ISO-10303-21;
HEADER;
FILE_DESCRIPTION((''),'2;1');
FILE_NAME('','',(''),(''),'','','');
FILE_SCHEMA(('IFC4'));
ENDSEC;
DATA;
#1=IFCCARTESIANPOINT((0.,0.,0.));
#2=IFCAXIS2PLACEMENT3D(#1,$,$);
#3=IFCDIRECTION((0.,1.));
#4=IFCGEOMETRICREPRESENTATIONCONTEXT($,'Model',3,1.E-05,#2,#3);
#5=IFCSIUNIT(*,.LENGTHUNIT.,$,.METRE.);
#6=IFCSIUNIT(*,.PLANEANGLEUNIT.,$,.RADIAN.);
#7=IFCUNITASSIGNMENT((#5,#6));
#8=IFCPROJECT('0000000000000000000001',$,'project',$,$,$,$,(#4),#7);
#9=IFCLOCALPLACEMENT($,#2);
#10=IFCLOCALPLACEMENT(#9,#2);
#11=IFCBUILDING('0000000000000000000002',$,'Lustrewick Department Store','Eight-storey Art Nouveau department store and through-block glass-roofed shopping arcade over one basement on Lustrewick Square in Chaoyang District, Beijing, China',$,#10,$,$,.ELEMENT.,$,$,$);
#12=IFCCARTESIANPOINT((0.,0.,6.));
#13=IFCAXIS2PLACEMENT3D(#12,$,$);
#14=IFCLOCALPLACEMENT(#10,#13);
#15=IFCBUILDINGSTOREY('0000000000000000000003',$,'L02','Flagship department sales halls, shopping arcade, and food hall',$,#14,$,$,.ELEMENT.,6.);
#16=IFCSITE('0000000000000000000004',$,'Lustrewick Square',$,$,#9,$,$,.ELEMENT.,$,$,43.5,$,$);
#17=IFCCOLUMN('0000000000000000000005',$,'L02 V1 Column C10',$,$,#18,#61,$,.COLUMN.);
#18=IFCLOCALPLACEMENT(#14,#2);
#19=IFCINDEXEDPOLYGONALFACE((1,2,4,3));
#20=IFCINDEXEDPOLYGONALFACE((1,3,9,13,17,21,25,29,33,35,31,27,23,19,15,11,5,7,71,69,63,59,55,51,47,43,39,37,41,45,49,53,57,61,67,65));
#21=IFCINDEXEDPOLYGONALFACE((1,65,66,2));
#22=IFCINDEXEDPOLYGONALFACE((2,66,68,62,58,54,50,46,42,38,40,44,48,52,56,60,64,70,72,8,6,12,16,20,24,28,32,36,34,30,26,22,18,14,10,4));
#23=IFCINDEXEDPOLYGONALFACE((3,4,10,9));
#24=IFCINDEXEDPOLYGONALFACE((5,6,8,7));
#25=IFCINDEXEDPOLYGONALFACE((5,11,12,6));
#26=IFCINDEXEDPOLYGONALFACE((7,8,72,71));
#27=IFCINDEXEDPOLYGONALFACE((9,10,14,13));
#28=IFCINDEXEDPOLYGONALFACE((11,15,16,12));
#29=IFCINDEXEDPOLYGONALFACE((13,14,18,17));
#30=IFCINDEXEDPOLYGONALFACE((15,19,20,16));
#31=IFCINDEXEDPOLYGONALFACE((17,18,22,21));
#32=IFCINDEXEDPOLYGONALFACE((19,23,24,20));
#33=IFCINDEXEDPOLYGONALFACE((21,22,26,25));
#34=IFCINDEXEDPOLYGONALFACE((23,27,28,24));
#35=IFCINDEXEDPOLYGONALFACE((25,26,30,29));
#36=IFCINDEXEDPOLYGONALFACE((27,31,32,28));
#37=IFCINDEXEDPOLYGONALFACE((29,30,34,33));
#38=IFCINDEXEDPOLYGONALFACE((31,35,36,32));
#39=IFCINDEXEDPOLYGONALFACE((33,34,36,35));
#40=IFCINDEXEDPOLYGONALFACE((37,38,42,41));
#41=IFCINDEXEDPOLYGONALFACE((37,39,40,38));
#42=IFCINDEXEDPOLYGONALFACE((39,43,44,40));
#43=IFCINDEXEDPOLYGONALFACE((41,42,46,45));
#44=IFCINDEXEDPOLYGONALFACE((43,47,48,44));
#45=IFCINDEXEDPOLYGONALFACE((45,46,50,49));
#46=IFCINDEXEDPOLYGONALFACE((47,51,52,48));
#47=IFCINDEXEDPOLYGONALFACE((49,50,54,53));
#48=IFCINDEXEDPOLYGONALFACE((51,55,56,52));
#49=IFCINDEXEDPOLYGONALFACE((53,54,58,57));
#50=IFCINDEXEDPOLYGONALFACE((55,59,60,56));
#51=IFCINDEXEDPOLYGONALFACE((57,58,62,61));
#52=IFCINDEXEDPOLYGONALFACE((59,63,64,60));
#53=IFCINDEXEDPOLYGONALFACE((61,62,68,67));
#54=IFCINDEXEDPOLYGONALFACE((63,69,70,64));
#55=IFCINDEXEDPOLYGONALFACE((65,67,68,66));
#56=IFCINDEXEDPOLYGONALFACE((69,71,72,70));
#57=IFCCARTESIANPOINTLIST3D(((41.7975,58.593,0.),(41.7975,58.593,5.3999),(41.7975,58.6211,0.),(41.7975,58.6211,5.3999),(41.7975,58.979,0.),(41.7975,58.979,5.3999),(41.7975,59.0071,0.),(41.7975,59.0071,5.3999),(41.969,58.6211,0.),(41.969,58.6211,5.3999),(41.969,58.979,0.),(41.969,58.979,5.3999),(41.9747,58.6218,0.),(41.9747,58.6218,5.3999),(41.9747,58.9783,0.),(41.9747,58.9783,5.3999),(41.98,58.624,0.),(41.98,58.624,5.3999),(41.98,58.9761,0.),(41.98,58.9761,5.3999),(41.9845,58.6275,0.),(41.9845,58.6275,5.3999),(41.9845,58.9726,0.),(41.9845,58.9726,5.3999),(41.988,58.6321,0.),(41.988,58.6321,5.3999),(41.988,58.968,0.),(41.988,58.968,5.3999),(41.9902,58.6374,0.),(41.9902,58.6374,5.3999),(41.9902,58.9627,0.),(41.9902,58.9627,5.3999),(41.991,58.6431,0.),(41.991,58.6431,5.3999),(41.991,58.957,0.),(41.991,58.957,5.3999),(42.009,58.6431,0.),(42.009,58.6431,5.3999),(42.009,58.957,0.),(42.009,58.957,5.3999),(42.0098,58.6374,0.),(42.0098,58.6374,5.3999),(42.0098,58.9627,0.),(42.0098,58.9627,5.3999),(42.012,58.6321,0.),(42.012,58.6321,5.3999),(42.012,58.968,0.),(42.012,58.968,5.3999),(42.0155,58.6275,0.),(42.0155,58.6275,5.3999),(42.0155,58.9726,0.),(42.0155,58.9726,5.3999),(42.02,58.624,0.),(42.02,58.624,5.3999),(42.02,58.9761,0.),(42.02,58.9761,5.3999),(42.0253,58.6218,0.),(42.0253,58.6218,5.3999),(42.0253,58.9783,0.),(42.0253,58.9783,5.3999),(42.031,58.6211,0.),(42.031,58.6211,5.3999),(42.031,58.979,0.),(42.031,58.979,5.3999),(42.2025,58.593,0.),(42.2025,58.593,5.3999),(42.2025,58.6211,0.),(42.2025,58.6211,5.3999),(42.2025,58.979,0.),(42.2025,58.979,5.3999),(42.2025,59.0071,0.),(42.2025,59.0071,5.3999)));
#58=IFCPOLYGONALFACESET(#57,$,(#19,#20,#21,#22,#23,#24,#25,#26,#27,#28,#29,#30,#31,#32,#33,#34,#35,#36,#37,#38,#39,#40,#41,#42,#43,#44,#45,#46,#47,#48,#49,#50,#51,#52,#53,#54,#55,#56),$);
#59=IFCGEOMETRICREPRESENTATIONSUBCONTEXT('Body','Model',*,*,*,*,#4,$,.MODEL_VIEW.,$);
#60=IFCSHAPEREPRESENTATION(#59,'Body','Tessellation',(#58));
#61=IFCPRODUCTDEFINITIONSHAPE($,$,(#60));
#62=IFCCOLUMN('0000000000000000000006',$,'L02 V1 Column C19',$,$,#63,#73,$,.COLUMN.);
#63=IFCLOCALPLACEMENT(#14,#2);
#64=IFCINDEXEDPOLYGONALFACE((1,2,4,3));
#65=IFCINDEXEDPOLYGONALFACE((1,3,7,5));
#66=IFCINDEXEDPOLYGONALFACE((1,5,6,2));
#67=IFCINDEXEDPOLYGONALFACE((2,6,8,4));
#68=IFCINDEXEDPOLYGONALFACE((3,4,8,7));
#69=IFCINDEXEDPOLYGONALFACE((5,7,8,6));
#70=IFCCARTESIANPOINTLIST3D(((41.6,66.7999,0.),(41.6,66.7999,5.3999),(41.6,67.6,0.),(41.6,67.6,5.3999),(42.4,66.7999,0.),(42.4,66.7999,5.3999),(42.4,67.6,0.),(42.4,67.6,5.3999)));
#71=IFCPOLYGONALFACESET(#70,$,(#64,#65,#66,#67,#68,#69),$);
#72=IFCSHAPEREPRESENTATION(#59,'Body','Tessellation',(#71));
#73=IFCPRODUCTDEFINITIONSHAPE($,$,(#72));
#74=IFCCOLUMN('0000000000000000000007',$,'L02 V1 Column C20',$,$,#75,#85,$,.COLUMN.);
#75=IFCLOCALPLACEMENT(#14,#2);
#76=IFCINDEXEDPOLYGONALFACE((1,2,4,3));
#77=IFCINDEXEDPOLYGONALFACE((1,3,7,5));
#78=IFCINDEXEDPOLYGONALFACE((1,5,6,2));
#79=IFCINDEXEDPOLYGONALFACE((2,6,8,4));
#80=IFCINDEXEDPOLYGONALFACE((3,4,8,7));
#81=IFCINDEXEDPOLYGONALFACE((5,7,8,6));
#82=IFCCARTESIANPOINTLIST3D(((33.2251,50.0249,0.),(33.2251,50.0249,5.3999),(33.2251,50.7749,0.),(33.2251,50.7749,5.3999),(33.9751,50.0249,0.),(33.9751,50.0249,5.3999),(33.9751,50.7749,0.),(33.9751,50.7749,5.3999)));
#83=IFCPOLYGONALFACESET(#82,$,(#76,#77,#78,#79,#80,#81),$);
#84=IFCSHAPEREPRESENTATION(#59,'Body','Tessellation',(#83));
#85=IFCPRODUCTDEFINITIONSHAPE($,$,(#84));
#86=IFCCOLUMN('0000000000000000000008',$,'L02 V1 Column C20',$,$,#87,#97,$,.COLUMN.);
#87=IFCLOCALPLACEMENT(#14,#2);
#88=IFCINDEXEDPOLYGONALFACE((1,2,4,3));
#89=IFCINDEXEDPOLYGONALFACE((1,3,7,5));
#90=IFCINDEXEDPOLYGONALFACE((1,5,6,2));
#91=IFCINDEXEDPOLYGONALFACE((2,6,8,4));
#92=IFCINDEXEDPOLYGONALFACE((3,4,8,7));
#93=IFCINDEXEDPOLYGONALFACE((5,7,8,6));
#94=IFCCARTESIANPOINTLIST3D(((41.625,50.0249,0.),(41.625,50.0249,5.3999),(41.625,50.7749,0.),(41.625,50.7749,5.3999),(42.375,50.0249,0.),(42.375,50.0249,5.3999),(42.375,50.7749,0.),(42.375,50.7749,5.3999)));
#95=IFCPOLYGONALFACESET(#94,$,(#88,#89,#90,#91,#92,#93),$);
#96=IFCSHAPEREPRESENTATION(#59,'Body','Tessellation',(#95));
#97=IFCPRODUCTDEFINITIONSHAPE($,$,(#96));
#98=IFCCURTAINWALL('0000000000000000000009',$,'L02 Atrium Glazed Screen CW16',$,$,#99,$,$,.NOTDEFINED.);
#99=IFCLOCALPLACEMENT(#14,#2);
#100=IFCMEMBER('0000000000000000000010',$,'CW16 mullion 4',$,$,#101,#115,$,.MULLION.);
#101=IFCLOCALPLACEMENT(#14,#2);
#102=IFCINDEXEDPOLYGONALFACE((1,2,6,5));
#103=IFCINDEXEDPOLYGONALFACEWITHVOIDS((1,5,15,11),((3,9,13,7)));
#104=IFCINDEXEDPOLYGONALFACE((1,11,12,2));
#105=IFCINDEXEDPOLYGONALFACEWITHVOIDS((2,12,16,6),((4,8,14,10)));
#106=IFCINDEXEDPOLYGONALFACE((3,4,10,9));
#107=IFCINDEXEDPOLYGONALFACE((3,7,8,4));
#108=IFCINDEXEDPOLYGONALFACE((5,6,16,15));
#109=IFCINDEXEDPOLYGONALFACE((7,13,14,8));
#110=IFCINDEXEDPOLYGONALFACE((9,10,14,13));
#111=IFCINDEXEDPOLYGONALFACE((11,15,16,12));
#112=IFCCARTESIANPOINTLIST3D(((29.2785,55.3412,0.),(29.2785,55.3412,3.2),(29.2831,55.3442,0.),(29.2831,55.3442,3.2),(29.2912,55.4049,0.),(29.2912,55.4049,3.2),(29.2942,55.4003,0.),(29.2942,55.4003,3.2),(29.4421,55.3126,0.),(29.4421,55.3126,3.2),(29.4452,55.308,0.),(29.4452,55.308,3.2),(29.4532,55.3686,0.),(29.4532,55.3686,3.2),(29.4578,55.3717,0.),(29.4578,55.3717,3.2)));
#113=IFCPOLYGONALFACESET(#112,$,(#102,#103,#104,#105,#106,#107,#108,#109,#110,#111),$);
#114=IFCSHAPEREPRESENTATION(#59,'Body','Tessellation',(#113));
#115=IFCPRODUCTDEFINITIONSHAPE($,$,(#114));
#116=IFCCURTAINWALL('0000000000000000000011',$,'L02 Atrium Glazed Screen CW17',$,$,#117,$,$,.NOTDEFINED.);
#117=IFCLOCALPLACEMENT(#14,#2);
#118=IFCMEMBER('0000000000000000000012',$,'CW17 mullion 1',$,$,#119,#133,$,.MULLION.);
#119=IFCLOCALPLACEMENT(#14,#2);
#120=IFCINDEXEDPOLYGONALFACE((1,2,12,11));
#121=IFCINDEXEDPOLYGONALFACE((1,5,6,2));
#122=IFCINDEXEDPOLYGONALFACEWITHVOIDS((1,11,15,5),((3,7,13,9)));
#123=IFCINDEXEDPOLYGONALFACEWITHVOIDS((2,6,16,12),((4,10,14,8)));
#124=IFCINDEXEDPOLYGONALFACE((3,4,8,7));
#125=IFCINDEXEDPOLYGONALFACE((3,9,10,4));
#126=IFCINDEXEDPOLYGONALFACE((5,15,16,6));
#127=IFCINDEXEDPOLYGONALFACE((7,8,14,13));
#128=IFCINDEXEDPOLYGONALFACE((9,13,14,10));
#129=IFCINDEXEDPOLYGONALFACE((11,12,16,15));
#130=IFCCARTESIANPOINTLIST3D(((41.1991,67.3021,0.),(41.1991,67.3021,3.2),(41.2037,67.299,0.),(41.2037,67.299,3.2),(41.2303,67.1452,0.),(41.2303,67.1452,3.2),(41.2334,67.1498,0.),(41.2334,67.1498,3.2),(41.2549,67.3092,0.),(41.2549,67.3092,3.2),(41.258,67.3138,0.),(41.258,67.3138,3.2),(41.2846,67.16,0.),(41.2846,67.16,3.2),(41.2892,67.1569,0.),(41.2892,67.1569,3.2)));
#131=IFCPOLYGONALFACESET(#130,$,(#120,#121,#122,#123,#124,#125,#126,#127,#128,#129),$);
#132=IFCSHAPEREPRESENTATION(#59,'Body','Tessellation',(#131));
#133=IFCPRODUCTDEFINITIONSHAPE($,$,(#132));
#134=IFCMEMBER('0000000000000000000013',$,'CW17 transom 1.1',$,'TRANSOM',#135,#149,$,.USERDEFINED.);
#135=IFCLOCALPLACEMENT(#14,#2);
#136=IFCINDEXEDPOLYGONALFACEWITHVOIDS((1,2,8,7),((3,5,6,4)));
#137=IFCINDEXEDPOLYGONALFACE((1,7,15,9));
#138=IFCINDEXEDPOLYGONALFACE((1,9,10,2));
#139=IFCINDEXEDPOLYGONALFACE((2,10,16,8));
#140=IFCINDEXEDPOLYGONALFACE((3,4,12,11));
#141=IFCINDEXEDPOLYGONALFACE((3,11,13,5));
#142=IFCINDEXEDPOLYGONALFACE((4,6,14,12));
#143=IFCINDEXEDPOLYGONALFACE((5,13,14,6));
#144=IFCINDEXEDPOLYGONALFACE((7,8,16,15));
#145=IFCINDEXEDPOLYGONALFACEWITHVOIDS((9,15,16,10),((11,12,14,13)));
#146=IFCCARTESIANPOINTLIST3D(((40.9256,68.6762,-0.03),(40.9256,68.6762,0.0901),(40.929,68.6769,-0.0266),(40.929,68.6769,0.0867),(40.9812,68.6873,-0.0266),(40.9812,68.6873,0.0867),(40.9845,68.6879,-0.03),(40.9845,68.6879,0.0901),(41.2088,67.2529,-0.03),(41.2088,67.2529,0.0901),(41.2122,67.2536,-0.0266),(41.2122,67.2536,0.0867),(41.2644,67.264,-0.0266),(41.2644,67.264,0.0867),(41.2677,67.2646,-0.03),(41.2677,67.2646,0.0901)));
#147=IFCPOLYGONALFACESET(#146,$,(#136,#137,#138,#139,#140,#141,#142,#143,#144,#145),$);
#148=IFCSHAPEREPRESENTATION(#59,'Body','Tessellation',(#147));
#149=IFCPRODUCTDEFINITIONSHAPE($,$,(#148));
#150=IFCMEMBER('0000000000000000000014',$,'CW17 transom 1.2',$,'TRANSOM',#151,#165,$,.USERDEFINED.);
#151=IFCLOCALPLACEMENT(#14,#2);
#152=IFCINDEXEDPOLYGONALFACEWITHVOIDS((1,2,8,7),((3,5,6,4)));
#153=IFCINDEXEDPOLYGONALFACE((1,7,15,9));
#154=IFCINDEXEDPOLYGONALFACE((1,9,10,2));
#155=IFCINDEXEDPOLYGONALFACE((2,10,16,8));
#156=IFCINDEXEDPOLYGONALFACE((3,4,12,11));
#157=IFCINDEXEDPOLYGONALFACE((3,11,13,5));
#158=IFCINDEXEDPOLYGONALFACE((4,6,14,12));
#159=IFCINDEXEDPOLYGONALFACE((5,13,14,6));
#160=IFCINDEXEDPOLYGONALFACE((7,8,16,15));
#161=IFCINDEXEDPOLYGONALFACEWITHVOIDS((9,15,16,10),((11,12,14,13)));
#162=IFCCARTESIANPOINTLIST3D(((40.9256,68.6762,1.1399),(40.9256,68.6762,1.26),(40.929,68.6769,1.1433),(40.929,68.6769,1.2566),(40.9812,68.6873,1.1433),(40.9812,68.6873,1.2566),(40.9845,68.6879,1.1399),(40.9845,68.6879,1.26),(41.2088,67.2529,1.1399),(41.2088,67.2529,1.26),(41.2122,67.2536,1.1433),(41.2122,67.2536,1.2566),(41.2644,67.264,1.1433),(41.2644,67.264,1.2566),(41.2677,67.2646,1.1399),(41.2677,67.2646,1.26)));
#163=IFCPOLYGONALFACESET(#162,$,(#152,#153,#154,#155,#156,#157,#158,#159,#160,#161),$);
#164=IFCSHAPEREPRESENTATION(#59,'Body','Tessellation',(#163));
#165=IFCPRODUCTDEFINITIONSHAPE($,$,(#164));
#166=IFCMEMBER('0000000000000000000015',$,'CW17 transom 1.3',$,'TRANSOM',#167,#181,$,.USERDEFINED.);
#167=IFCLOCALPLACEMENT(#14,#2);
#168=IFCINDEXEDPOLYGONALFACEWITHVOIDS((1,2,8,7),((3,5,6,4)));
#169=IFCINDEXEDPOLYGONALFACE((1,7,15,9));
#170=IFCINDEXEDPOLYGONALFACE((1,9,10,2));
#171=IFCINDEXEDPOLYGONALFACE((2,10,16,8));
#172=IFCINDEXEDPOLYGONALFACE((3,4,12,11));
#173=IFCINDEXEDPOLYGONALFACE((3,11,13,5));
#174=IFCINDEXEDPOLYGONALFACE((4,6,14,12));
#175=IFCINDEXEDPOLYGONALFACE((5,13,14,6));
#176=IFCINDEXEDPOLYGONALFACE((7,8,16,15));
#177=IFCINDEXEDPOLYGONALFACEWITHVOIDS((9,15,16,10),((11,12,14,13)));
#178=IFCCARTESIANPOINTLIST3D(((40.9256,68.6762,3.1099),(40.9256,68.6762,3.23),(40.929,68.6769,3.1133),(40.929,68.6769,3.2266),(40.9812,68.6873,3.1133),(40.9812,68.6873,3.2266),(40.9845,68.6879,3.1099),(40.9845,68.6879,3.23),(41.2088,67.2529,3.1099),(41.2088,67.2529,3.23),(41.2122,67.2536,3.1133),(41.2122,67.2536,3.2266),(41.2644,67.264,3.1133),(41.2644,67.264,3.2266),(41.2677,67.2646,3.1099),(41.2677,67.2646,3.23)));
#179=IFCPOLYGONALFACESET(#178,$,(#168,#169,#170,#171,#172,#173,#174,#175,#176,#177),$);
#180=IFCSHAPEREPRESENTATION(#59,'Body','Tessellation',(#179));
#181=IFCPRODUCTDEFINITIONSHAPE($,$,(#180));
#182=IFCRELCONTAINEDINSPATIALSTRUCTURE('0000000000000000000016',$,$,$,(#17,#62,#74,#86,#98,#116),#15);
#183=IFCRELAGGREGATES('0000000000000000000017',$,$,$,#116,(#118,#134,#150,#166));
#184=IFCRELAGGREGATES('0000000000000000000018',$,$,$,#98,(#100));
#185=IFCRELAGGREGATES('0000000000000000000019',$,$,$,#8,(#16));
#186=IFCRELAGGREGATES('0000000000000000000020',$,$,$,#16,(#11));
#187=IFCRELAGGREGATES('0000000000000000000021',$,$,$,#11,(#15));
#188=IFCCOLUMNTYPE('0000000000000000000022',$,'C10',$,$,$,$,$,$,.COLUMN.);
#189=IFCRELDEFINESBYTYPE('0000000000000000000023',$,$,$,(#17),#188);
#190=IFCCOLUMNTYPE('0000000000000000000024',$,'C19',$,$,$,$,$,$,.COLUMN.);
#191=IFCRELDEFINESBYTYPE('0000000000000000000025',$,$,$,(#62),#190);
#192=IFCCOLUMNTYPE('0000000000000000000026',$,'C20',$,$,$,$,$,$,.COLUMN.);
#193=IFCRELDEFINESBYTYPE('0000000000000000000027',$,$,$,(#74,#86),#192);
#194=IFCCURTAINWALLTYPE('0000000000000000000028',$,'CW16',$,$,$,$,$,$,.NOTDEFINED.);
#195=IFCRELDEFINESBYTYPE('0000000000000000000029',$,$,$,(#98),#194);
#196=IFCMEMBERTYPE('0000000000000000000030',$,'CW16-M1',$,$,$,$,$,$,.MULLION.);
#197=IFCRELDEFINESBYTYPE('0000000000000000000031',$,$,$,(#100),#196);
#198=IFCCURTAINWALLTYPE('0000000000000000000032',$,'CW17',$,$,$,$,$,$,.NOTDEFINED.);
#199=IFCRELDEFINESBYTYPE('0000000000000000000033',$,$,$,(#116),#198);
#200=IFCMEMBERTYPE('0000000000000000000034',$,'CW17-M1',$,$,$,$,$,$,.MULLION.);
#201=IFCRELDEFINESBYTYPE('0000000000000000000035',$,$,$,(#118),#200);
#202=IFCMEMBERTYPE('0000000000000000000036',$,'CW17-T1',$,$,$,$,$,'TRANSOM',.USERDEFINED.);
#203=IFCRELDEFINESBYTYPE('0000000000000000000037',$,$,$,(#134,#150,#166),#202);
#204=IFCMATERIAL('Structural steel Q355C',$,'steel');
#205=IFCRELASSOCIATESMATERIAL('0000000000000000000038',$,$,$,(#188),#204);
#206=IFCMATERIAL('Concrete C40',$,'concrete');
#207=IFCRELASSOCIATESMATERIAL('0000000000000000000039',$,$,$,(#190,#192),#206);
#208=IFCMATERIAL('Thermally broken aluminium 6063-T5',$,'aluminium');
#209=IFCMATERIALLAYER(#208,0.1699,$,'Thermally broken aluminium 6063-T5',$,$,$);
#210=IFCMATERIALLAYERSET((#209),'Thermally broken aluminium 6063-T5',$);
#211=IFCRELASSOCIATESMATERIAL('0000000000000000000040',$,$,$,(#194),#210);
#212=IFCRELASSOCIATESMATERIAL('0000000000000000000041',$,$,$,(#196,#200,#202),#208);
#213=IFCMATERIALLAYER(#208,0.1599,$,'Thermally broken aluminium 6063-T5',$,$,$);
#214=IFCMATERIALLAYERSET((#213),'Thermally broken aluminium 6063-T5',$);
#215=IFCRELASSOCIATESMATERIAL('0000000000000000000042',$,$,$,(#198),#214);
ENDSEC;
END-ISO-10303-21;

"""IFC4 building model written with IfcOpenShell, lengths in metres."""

from ifc_helpers import new_model, si_unit, direction, frame, origin, origin_2d, place, context, subcontext, project, spatial, rectangle, hollow_rectangle, i_section, extrude, material, layer, layer_set, material_profile, profile_set, type_object, element, aggregate, save


model = new_model("IFC4")

# Units and contexts
model_context = context("Model", 3, precision=1e-05, world=origin(), true_north=direction((0.0, 1.0)))
body_context = subcontext(model_context, "Body", "Model", "MODEL_VIEW")
ifc_project = project(units=[si_unit("LENGTHUNIT", "METRE"), si_unit("PLANEANGLEUNIT", "RADIAN")], contexts=[model_context])

# Site, building, storey
site_placement = place(None, origin())
site = spatial("IfcSite", under=ifc_project, at=site_placement, Name="Lustrewick Square", CompositionType="ELEMENT", RefElevation=43.5)
building_placement = place(site_placement, origin())
building = spatial("IfcBuilding", under=site, at=building_placement, Name="Lustrewick Department Store", Description="Eight-storey Art Nouveau department store and through-block glass-roofed shopping arcade over one basement on Lustrewick Square in Chaoyang District, Beijing, China", CompositionType="ELEMENT")
storey_placement = place(building_placement, frame((0.0, 0.0, 6.0)))
storey = spatial("IfcBuildingStorey", under=building, at=storey_placement, Name="L02", Description="Flagship department sales halls, shopping arcade, and food hall", CompositionType="ELEMENT", Elevation=6.0)

# Columns
ifc_material_1 = material(Name="Structural steel Q355C", Category="steel")
ifc_material_profile_1 = material_profile(ifc_material_1, i_section(OverallWidth=0.405, OverallDepth=0.4141, WebThickness=0.0181, FlangeThickness=0.0281, FilletRadius=0.022, at=origin_2d()), Name="HW 414x405x18x28")
ifc_profile_set_1 = profile_set([ifc_material_profile_1], Name="Structural steel Q355C")
column_type_1 = type_object("IfcColumnType", Name="C10", PredefinedType="COLUMN", material=ifc_profile_set_1)
column_1_placement = place(storey_placement, frame((42.0, 58.8, 0.0), z_axis=(0.0, 0.0, 1.0), x_axis=(1.0, 0.0, 0.0)))
element("IfcColumn", 1, at=column_1_placement, inside=storey, type_object=column_type_1, Name="L02 V1 Column C10", PredefinedType="COLUMN", context=body_context, shape_type="SweptSolid", body=[
    extrude(i_section(OverallWidth=0.405, OverallDepth=0.4141, WebThickness=0.0181, FlangeThickness=0.0281, FilletRadius=0.022, at=origin_2d()), origin(), (0.0, 0.0, 1.0), 5.3999),
])
ifc_material_2 = material(Name="Concrete C40", Category="concrete")
ifc_material_profile_2 = material_profile(ifc_material_2, rectangle(XDim=0.8, YDim=0.8, at=origin_2d()), Name="RC 800x800")
ifc_profile_set_2 = profile_set([ifc_material_profile_2], Name="Concrete C40")
column_type_2 = type_object("IfcColumnType", Name="C19", PredefinedType="COLUMN", material=ifc_profile_set_2)
column_2_placement = place(storey_placement, frame((42.0, 67.2, 0.0), z_axis=(0.0, 0.0, 1.0), x_axis=(1.0, 0.0, 0.0)))
element("IfcColumn", 2, at=column_2_placement, inside=storey, type_object=column_type_2, Name="L02 V1 Column C19", PredefinedType="COLUMN", context=body_context, shape_type="SweptSolid", body=[
    extrude(rectangle(XDim=0.8, YDim=0.8, at=origin_2d()), origin(), (0.0, 0.0, 1.0), 5.3999),
])
ifc_material_profile_3 = material_profile(ifc_material_2, rectangle(XDim=0.75, YDim=0.75, at=origin_2d()), Name="RC 750x750")
ifc_profile_set_3 = profile_set([ifc_material_profile_3], Name="Concrete C40")
column_type_3 = type_object("IfcColumnType", Name="C20", PredefinedType="COLUMN", material=ifc_profile_set_3)
for number, where, z_axis, x_axis, name in (
    (3, (33.6001, 50.3999, 0.0), (0.0, 0.0, 1.0), (1.0, 0.0, 0.0), "L02 V1 Column C20"),
    (4, (42.0, 50.3999, 0.0), (0.0, 0.0, 1.0), (1.0, 0.0, 0.0), "L02 V1 Column C20"),
):
    element("IfcColumn", number, at=place(storey_placement, frame(where, z_axis=z_axis, x_axis=x_axis)), inside=storey, type_object=column_type_3, Name=name, PredefinedType="COLUMN", context=body_context, shape_type="SweptSolid", body=[
        extrude(rectangle(XDim=0.75, YDim=0.75, at=origin_2d()), origin(), (0.0, 0.0, 1.0), 5.3999),
    ])

# Curtain wall, member
ifc_material_3 = material(Name="Thermally broken aluminium 6063-T5", Category="aluminium")
ifc_layer_1 = layer(ifc_material_3, 0.1699, Name="Thermally broken aluminium 6063-T5")
ifc_layer_set_1 = layer_set([ifc_layer_1], Name="Thermally broken aluminium 6063-T5")
curtain_wall_type_1 = type_object("IfcCurtainWallType", Name="CW16", PredefinedType="NOTDEFINED", material=ifc_layer_set_1)
curtain_wall_1_placement = place(storey_placement, origin())
curtain_wall_1 = element("IfcCurtainWall", 5, at=curtain_wall_1_placement, inside=storey, type_object=curtain_wall_type_1, Name="L02 Atrium Glazed Screen CW16", PredefinedType="NOTDEFINED")
ifc_material_profile_4 = material_profile(ifc_material_3, hollow_rectangle(XDim=0.0649, YDim=0.1699, WallThickness=0.0039, at=origin_2d()), Name="ALU-M 65x170x4")
ifc_profile_set_4 = profile_set([ifc_material_profile_4], Name="Thermally broken aluminium 6063-T5")
member_type_1 = type_object("IfcMemberType", Name="CW16-M1", PredefinedType="MULLION", material=ifc_profile_set_4)
member_1_placement = place(storey_placement, frame((29.3682, 55.3564, 0.0), z_axis=(0.0, 0.0, 1.0), x_axis=(0.195085, 0.980786, 0.0)))
member_1 = element("IfcMember", 6, at=member_1_placement, type_object=member_type_1, Name="CW16 mullion 4", PredefinedType="MULLION", context=body_context, shape_type="SweptSolid", body=[
    extrude(hollow_rectangle(XDim=0.0649, YDim=0.1699, WallThickness=0.0039, at=origin_2d()), origin(), (0.0, 0.0, 1.0), 3.2),
])

# Curtain wall, members
ifc_layer_2 = layer(ifc_material_3, 0.1599, Name="Thermally broken aluminium 6063-T5")
ifc_layer_set_2 = layer_set([ifc_layer_2], Name="Thermally broken aluminium 6063-T5")
curtain_wall_type_2 = type_object("IfcCurtainWallType", Name="CW17", PredefinedType="NOTDEFINED", material=ifc_layer_set_2)
curtain_wall_2_placement = place(storey_placement, origin())
curtain_wall_2 = element("IfcCurtainWall", 7, at=curtain_wall_2_placement, inside=storey, type_object=curtain_wall_type_2, Name="L02 Atrium Glazed Screen CW17", PredefinedType="NOTDEFINED")
ifc_material_profile_5 = material_profile(ifc_material_3, hollow_rectangle(XDim=0.0601, YDim=0.1599, WallThickness=0.0039, at=origin_2d()), Name="ALU-M 60x160x4")
ifc_profile_set_5 = profile_set([ifc_material_profile_5], Name="Thermally broken aluminium 6063-T5")
member_type_2 = type_object("IfcMemberType", Name="CW17-M1", PredefinedType="MULLION", material=ifc_profile_set_5)
member_2_placement = place(storey_placement, frame((41.2441, 67.2295, 0.0), z_axis=(0.0, 0.0, 1.0), x_axis=(-0.980786, -0.195085, 0.0)))
member_2 = element("IfcMember", 8, at=member_2_placement, type_object=member_type_2, Name="CW17 mullion 1", PredefinedType="MULLION", context=body_context, shape_type="SweptSolid", body=[
    extrude(hollow_rectangle(XDim=0.0601, YDim=0.1599, WallThickness=0.0039, at=origin_2d()), origin(), (0.0, 0.0, 1.0), 3.2),
])
ifc_material_profile_6 = material_profile(ifc_material_3, hollow_rectangle(XDim=0.0601, YDim=0.1201, WallThickness=0.0034, at=origin_2d()), Name="ALU-T 60x120x3.5")
ifc_profile_set_6 = profile_set([ifc_material_profile_6], Name="Thermally broken aluminium 6063-T5")
member_type_3 = type_object("IfcMemberType", Name="CW17-T1", ElementType="TRANSOM", PredefinedType="USERDEFINED", material=ifc_profile_set_6)
member_3_placement = place(storey_placement, frame((41.2383, 67.2588, 0.03), z_axis=(-0.195145, 0.980774, 0.0), x_axis=(-0.980774, -0.195145, 0.0)))
member_3 = element("IfcMember", 9, at=member_3_placement, type_object=member_type_3, Name="CW17 transom 1.1", ObjectType="TRANSOM", PredefinedType="USERDEFINED", context=body_context, shape_type="SweptSolid", body=[
    extrude(hollow_rectangle(XDim=0.0601, YDim=0.1201, WallThickness=0.0034, at=origin_2d()), origin(), (0.0, 0.0, 1.0), 1.4512),
])
member_4_placement = place(storey_placement, frame((41.2383, 67.2588, 1.2), z_axis=(-0.195145, 0.980774, 0.0), x_axis=(-0.980774, -0.195145, 0.0)))
member_4 = element("IfcMember", 10, at=member_4_placement, type_object=member_type_3, Name="CW17 transom 1.2", ObjectType="TRANSOM", PredefinedType="USERDEFINED", context=body_context, shape_type="SweptSolid", body=[
    extrude(hollow_rectangle(XDim=0.0601, YDim=0.1201, WallThickness=0.0034, at=origin_2d()), origin(), (0.0, 0.0, 1.0), 1.4512),
])
member_5_placement = place(storey_placement, frame((41.2383, 67.2588, 3.1699), z_axis=(-0.195145, 0.980774, 0.0), x_axis=(-0.980774, -0.195145, 0.0)))
member_5 = element("IfcMember", 11, at=member_5_placement, type_object=member_type_3, Name="CW17 transom 1.3", ObjectType="TRANSOM", PredefinedType="USERDEFINED", context=body_context, shape_type="SweptSolid", body=[
    extrude(hollow_rectangle(XDim=0.0601, YDim=0.1201, WallThickness=0.0034, at=origin_2d()), origin(), (0.0, 0.0, 1.0), 1.4512),
])
aggregate(curtain_wall_2, [member_2, member_3, member_4, member_5])

aggregate(curtain_wall_1, [member_1])

save(model, "model.ifc")
